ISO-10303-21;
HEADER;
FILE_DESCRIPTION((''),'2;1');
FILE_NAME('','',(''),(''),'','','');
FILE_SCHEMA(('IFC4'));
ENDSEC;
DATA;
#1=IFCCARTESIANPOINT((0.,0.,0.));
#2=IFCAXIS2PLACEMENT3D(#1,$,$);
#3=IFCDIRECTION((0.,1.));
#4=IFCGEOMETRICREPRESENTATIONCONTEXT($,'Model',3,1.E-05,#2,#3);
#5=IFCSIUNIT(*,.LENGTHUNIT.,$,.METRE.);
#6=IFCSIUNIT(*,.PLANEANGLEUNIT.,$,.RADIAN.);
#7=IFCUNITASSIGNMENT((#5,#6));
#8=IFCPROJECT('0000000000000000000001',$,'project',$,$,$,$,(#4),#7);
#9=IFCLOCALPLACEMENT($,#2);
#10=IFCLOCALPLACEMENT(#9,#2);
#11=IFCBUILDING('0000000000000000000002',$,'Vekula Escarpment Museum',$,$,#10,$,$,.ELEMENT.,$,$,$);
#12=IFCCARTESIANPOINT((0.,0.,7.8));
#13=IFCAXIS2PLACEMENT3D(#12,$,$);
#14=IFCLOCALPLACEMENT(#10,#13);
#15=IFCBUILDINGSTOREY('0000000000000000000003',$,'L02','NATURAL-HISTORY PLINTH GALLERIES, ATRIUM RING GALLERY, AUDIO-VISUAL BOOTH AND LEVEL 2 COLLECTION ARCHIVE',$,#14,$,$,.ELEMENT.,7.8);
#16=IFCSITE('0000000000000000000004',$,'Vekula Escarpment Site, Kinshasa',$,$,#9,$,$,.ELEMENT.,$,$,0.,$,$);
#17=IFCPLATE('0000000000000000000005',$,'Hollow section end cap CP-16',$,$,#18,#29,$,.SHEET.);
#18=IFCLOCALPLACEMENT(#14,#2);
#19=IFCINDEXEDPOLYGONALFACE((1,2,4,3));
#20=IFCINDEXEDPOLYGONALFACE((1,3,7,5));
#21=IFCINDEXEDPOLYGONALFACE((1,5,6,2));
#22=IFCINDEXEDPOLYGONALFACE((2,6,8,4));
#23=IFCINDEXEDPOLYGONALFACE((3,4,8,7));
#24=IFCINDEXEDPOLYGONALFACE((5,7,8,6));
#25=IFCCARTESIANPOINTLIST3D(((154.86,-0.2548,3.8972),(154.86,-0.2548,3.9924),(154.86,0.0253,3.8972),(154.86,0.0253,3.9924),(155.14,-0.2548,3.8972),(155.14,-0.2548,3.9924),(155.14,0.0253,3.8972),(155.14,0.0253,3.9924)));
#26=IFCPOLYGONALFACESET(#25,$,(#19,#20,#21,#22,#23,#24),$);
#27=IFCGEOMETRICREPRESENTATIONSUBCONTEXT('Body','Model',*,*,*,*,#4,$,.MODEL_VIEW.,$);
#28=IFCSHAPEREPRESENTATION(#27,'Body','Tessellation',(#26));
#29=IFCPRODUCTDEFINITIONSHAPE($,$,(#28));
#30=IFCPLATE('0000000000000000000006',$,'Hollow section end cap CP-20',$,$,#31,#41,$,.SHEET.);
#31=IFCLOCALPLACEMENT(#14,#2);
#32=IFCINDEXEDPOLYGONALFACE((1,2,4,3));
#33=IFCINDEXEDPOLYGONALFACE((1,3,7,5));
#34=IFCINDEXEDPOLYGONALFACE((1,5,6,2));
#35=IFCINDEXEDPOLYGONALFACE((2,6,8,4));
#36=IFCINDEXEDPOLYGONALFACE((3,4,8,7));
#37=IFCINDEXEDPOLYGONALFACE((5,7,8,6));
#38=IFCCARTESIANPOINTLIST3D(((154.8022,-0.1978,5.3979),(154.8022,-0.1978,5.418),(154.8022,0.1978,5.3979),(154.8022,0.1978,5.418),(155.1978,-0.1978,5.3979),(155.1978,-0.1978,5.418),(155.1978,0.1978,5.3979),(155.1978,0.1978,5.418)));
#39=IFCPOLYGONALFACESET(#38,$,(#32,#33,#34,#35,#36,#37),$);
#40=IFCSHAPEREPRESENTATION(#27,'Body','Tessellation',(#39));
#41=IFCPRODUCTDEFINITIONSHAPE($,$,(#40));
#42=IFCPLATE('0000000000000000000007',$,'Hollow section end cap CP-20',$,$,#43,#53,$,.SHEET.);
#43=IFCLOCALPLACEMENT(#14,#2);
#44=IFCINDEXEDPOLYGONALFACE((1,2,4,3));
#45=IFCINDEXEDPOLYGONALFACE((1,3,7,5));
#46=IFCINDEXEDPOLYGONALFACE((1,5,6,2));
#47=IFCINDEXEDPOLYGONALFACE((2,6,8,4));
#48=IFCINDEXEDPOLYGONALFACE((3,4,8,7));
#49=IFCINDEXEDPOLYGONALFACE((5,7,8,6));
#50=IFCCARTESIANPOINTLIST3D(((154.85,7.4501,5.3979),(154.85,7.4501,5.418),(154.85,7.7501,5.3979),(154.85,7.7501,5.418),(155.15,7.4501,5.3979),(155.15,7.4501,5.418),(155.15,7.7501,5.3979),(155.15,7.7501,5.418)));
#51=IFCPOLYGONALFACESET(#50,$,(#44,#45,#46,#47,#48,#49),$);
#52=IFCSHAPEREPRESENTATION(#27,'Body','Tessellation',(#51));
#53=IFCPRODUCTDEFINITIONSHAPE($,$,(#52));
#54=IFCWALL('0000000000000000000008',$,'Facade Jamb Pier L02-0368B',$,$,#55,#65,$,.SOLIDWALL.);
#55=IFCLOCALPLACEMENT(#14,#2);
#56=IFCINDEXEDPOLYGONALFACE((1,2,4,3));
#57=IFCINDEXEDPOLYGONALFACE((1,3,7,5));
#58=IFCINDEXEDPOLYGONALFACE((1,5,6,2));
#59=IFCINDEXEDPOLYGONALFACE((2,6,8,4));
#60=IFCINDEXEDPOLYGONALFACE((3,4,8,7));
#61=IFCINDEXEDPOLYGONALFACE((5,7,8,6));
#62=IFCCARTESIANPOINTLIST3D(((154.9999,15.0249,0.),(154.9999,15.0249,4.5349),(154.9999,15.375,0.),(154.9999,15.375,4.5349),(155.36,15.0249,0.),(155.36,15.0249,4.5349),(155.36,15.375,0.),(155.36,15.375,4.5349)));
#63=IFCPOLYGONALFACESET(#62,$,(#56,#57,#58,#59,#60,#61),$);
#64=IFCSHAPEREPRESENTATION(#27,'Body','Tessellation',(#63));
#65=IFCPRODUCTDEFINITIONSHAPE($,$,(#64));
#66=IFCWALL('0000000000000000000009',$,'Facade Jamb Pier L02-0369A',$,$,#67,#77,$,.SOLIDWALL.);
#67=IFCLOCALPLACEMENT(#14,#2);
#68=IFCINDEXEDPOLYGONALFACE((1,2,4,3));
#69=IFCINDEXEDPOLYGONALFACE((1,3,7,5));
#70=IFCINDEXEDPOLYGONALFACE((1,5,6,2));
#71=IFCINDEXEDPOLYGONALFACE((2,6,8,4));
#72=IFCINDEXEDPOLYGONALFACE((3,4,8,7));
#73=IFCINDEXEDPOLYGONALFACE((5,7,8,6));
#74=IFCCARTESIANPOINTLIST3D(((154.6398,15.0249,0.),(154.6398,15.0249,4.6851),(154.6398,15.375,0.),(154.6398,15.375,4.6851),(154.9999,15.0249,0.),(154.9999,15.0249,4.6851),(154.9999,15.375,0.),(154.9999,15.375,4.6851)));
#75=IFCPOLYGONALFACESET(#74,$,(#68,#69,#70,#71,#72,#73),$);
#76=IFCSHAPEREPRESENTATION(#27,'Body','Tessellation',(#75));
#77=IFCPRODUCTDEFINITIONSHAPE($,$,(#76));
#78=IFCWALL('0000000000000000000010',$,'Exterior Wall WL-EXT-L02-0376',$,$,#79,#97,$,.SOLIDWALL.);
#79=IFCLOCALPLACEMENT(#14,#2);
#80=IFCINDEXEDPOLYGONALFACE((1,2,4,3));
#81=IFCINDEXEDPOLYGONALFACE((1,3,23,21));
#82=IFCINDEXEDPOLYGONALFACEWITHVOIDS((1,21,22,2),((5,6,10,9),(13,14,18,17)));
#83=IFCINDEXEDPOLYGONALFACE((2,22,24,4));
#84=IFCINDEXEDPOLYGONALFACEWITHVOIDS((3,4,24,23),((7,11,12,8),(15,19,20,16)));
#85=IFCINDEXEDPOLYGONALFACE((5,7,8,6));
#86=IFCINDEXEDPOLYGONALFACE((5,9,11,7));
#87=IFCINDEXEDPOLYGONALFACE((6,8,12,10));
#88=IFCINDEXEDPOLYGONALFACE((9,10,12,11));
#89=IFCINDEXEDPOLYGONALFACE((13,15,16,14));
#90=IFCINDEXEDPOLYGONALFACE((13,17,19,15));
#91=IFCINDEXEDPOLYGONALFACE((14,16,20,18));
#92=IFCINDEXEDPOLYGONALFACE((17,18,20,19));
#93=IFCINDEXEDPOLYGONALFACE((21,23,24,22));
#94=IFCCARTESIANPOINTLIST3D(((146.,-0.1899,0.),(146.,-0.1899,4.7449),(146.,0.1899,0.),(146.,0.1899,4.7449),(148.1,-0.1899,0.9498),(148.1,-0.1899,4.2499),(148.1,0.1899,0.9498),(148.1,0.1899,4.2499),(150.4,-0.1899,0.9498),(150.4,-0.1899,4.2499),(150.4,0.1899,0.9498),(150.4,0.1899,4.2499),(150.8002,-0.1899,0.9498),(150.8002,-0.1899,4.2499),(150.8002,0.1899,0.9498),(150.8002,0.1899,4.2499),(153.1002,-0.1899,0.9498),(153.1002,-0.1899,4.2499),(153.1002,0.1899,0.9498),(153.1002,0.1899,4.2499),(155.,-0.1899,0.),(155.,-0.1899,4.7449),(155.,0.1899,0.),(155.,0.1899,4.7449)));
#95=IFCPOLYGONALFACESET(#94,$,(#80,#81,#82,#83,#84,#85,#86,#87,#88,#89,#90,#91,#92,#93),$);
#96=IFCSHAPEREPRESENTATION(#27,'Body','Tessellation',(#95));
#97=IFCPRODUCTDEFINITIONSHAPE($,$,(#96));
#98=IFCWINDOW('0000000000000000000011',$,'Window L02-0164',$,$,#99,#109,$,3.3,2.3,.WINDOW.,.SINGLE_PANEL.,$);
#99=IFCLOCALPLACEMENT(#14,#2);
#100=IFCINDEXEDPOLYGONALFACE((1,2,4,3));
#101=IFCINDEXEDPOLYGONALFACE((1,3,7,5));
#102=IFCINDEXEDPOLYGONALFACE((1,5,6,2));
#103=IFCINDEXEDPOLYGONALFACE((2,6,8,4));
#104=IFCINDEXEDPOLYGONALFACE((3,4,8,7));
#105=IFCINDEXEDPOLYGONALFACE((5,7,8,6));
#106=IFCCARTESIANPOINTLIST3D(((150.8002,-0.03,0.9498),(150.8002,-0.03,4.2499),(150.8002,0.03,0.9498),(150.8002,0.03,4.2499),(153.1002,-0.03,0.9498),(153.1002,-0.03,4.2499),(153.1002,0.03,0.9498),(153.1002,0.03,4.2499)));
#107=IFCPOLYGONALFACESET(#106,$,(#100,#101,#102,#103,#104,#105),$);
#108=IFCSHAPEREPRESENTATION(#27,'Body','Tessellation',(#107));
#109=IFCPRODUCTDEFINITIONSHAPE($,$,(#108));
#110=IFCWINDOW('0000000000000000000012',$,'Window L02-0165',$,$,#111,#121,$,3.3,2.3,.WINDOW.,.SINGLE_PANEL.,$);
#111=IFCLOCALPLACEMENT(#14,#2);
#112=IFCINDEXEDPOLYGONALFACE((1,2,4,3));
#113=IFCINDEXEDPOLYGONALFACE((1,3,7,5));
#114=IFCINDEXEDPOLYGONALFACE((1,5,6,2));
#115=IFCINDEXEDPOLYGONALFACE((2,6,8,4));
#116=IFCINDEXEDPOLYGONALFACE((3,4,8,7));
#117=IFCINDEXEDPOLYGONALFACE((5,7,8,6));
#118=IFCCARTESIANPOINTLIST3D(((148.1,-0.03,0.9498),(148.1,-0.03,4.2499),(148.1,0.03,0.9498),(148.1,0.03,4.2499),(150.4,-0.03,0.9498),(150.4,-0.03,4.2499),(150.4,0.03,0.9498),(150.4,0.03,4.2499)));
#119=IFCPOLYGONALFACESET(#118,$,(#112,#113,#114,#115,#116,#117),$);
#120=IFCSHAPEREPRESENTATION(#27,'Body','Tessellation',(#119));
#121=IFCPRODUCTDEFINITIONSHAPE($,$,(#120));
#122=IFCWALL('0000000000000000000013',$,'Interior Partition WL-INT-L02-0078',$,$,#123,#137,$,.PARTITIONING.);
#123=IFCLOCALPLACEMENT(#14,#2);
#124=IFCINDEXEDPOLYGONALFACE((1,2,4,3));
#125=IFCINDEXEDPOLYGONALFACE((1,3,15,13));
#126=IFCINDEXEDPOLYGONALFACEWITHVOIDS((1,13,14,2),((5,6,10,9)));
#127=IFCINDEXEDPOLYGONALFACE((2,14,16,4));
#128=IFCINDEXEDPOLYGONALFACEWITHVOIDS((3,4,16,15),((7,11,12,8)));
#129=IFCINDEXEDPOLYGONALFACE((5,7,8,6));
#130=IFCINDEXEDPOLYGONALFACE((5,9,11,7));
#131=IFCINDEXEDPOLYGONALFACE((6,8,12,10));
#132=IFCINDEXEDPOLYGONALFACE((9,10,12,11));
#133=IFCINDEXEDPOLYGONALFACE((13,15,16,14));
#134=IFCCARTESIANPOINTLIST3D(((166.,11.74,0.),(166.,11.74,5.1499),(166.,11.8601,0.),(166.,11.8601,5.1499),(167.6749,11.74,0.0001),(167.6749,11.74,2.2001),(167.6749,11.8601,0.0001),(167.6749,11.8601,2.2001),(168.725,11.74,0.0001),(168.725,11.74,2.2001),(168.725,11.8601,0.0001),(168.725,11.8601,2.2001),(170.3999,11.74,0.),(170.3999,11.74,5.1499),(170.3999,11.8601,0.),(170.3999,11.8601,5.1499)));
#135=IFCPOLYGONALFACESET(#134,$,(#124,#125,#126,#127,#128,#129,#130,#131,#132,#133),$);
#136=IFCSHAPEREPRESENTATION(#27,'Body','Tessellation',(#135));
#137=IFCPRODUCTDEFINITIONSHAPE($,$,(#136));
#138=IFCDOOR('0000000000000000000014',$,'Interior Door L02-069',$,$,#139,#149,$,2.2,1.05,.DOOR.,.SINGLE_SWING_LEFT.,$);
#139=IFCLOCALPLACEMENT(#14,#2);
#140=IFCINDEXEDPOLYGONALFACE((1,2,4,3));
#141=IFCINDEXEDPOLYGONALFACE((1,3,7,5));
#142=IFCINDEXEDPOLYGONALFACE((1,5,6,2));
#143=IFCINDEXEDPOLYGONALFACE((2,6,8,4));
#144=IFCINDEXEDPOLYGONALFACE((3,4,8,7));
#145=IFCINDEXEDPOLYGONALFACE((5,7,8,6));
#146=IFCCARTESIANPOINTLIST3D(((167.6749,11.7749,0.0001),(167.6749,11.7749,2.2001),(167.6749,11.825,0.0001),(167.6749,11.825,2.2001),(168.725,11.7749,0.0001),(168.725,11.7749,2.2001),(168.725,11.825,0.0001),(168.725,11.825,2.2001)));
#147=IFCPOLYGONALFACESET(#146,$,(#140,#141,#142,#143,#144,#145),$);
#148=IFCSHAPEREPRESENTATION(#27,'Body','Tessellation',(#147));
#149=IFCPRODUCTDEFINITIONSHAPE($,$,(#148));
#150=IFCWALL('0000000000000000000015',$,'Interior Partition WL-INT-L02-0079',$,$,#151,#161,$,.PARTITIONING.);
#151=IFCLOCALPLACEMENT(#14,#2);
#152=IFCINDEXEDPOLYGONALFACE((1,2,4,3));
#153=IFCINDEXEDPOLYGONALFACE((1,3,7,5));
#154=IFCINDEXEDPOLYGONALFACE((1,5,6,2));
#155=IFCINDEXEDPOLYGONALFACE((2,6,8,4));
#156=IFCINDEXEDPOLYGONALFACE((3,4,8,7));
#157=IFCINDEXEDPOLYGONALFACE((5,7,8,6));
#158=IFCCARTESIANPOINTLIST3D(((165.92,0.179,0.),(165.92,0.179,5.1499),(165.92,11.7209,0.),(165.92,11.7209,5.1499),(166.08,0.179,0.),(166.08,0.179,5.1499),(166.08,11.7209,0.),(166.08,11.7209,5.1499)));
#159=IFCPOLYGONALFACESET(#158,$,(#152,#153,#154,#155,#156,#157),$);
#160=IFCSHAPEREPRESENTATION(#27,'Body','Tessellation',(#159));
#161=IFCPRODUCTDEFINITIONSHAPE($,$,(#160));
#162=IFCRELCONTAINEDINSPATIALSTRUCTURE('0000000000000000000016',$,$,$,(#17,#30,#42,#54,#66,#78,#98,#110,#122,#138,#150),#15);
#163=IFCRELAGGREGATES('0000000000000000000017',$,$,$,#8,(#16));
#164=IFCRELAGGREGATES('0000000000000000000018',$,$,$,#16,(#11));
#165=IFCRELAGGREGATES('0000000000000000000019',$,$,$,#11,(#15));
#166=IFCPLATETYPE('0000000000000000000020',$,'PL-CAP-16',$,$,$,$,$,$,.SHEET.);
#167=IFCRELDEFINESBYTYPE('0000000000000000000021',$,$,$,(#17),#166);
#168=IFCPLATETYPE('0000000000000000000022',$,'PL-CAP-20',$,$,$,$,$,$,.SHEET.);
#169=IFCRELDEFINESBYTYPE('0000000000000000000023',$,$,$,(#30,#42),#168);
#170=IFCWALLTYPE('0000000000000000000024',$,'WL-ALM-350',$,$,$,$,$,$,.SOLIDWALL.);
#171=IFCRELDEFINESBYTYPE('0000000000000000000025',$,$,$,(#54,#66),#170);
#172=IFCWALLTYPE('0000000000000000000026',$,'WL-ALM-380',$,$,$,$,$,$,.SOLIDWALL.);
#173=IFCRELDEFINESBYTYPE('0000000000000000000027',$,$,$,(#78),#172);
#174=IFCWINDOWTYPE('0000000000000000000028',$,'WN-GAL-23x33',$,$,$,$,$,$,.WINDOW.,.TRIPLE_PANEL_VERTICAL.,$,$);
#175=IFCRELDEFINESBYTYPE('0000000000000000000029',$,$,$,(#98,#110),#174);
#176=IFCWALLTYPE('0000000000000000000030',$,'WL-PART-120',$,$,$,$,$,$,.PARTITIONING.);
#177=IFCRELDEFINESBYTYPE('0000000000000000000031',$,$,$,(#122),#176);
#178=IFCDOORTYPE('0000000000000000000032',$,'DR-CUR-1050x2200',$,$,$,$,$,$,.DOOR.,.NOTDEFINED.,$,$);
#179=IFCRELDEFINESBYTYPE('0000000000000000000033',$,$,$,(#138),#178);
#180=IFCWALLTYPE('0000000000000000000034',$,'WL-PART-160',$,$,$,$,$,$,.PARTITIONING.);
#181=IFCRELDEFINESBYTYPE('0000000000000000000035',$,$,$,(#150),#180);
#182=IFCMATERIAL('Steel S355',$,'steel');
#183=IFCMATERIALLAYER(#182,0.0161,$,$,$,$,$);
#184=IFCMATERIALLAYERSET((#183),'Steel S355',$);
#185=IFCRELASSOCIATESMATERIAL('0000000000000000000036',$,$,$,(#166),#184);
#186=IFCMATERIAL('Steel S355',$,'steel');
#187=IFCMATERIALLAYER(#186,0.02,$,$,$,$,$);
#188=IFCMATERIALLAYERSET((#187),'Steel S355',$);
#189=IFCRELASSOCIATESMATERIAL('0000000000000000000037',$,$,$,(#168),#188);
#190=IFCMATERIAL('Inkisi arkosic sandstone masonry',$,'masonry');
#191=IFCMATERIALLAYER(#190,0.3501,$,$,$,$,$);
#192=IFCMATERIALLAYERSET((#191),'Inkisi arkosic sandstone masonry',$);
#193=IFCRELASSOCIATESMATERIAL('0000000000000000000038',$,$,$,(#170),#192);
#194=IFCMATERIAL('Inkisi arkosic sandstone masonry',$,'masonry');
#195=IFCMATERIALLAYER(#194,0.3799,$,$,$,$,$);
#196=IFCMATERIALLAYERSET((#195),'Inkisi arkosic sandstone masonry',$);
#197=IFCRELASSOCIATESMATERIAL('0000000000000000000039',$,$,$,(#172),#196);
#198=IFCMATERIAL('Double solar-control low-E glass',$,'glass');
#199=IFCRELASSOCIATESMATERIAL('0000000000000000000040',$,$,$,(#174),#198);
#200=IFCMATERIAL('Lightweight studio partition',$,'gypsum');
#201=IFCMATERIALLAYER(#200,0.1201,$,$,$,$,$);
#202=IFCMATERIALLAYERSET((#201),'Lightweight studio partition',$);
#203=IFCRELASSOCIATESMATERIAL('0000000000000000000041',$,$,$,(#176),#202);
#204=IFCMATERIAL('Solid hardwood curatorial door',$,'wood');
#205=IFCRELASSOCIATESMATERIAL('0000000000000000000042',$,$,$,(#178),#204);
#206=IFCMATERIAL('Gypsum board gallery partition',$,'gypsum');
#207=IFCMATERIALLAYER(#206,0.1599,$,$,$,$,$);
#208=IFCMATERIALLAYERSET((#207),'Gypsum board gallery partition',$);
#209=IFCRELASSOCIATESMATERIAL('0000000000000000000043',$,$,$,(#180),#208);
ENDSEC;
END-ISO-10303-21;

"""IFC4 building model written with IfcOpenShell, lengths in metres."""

from ifc_helpers import new_model, si_unit, direction, frame, frame_2d, origin, origin_2d, place, context, subcontext, project, spatial, rectangle, extrude, material, layer, layer_set, type_object, element, fill, save


model = new_model("IFC4")

# Units and contexts
model_context = context("Model", 3, precision=1e-05, world=origin(), true_north=direction((0.0, 1.0)))
body_context = subcontext(model_context, "Body", "Model", "MODEL_VIEW")
ifc_project = project(units=[si_unit("LENGTHUNIT", "METRE"), si_unit("PLANEANGLEUNIT", "RADIAN")], contexts=[model_context])

# Site, building, storey
site_placement = place(None, origin())
site = spatial("IfcSite", under=ifc_project, at=site_placement, Name="Vekula Escarpment Site, Kinshasa", CompositionType="ELEMENT", RefElevation=0.0)
building_placement = place(site_placement, origin())
building = spatial("IfcBuilding", under=site, at=building_placement, Name="Vekula Escarpment Museum", CompositionType="ELEMENT")
storey_placement = place(building_placement, frame((0.0, 0.0, 7.8)))
storey = spatial("IfcBuildingStorey", under=building, at=storey_placement, Name="L02", Description="NATURAL-HISTORY PLINTH GALLERIES, ATRIUM RING GALLERY, AUDIO-VISUAL BOOTH AND LEVEL 2 COLLECTION ARCHIVE", CompositionType="ELEMENT", Elevation=7.8)

# Plates
ifc_material_1 = material(Name="Steel S355", Category="steel")
ifc_layer_1 = layer(ifc_material_1, 0.0161)
ifc_layer_set_1 = layer_set([ifc_layer_1], Name="Steel S355")
plate_type_1 = type_object("IfcPlateType", Name="PL-CAP-16", PredefinedType="SHEET", material=ifc_layer_set_1)
plate_1_placement = place(storey_placement, frame((155.0, -0.1147, 3.8972), z_axis=(0.0, 0.0, 1.0), x_axis=(1.0, 0.0, 0.0)))
element("IfcPlate", 1, at=plate_1_placement, inside=storey, type_object=plate_type_1, Name="Hollow section end cap CP-16", PredefinedType="SHEET", context=body_context, shape_type="SweptSolid", body=[
    extrude(rectangle(XDim=0.28, YDim=0.28, at=origin_2d()), origin(), (0.0, 0.0, 1.0), 0.0952),
])
ifc_material_2 = material(Name="Steel S355", Category="steel")
ifc_layer_2 = layer(ifc_material_2, 0.02)
ifc_layer_set_2 = layer_set([ifc_layer_2], Name="Steel S355")
plate_type_2 = type_object("IfcPlateType", Name="PL-CAP-20", PredefinedType="SHEET", material=ifc_layer_set_2)
plate_2_placement = place(storey_placement, frame((155.0, 0.0, 5.3979), z_axis=(0.0, 0.0, 1.0), x_axis=(1.0, 0.0, 0.0)))
element("IfcPlate", 2, at=plate_2_placement, inside=storey, type_object=plate_type_2, Name="Hollow section end cap CP-20", PredefinedType="SHEET", context=body_context, shape_type="SweptSolid", body=[
    extrude(rectangle(XDim=0.3955, YDim=0.3955, at=origin_2d()), origin(), (0.0, 0.0, 1.0), 0.02),
])
plate_3_placement = place(storey_placement, frame((155.0, 7.6001, 5.3979), z_axis=(0.0, 0.0, 1.0), x_axis=(1.0, 0.0, 0.0)))
element("IfcPlate", 3, at=plate_3_placement, inside=storey, type_object=plate_type_2, Name="Hollow section end cap CP-20", PredefinedType="SHEET", context=body_context, shape_type="SweptSolid", body=[
    extrude(rectangle(XDim=0.3, YDim=0.3, at=origin_2d()), origin(), (0.0, 0.0, 1.0), 0.02),
])

# Walls
ifc_material_3 = material(Name="Inkisi arkosic sandstone masonry", Category="masonry")
ifc_layer_3 = layer(ifc_material_3, 0.3501)
ifc_layer_set_3 = layer_set([ifc_layer_3], Name="Inkisi arkosic sandstone masonry")
wall_type_1 = type_object("IfcWallType", Name="WL-ALM-350", PredefinedType="SOLIDWALL", material=ifc_layer_set_3)
wall_1_placement = place(storey_placement, frame((155.3601, 15.2, 0.0), z_axis=(0.0, 0.0, 1.0), x_axis=(-1.0, 0.0, 0.0)))
element("IfcWall", 4, at=wall_1_placement, inside=storey, type_object=wall_type_1, Name="Facade Jamb Pier L02-0368B", PredefinedType="SOLIDWALL", context=body_context, shape_type="SweptSolid", body=[
    extrude(rectangle(XDim=0.3601, YDim=0.3501, at=frame_2d((0.1802, 0.0))), origin(), (0.0, 0.0, 1.0), 4.5349),
])
wall_2_placement = place(storey_placement, frame((155.0, 15.2, 0.0), z_axis=(0.0, 0.0, 1.0), x_axis=(-1.0, 0.0, 0.0)))
element("IfcWall", 5, at=wall_2_placement, inside=storey, type_object=wall_type_1, Name="Facade Jamb Pier L02-0369A", PredefinedType="SOLIDWALL", context=body_context, shape_type="SweptSolid", body=[
    extrude(rectangle(XDim=0.3601, YDim=0.3501, at=frame_2d((0.1802, 0.0))), origin(), (0.0, 0.0, 1.0), 4.6851),
])

# Wall, openings, windows
ifc_material_4 = material(Name="Inkisi arkosic sandstone masonry", Category="masonry")
ifc_layer_4 = layer(ifc_material_4, 0.3799)
ifc_layer_set_4 = layer_set([ifc_layer_4], Name="Inkisi arkosic sandstone masonry")
wall_type_2 = type_object("IfcWallType", Name="WL-ALM-380", PredefinedType="SOLIDWALL", material=ifc_layer_set_4)
wall_3_placement = place(storey_placement, frame((155.0, 0.0, 0.0), z_axis=(0.0, 0.0, 1.0), x_axis=(-1.0, 0.0, 0.0)))
wall_3 = element("IfcWall", 6, at=wall_3_placement, inside=storey, type_object=wall_type_2, Name="Exterior Wall WL-EXT-L02-0376", PredefinedType="SOLIDWALL", context=body_context, shape_type="SweptSolid", body=[
    extrude(rectangle(XDim=9.0, YDim=0.3799, at=frame_2d((4.5, 0.0))), origin(), (0.0, 0.0, 1.0), 4.7449),
])
opening_1_placement = place(wall_3_placement, frame((1.8999, 0.0, 0.95)))
opening_1 = element("IfcOpeningElement", 7, at=opening_1_placement, cuts=wall_3, PredefinedType="OPENING", context=body_context, shape_type="SweptSolid", body=[
    extrude(rectangle(XDim=2.3, YDim=3.3, at=frame_2d((1.1499, 1.6499))), frame((0.0, 0.2, 0.0), z_axis=(0.0, -1.0, 0.0), x_axis=(1.0, 0.0, 0.0)), (0.0, 0.0, 1.0), 0.3999),
])
opening_2_placement = place(wall_3_placement, frame((4.6001, 0.0, 0.95)))
opening_2 = element("IfcOpeningElement", 8, at=opening_2_placement, cuts=wall_3, PredefinedType="OPENING", context=body_context, shape_type="SweptSolid", body=[
    extrude(rectangle(XDim=2.3, YDim=3.3, at=frame_2d((1.1499, 1.6499))), frame((0.0, 0.2, 0.0), z_axis=(0.0, -1.0, 0.0), x_axis=(1.0, 0.0, 0.0)), (0.0, 0.0, 1.0), 0.3999),
])
ifc_material_5 = material(Name="Double solar-control low-E glass", Category="glass")
window_type = type_object("IfcWindowType", Name="WN-GAL-23x33", PartitioningType="TRIPLE_PANEL_VERTICAL", PredefinedType="WINDOW", material=ifc_material_5)
window_1_placement = place(opening_1_placement, origin())
window_1 = element("IfcWindow", 9, at=window_1_placement, inside=storey, type_object=window_type, Name="Window L02-0164", OverallHeight=3.3, OverallWidth=2.3, PartitioningType="SINGLE_PANEL", PredefinedType="WINDOW", context=body_context, shape_type="SweptSolid", body=[
    extrude(rectangle(XDim=2.3, YDim=3.3, at=frame_2d((1.1499, 1.6499))), frame((0.0, 0.03, 0.0), z_axis=(0.0, -1.0, 0.0), x_axis=(1.0, 0.0, 0.0)), (0.0, 0.0, 1.0), 0.0601),
])
fill(opening_1, window_1)
window_2_placement = place(opening_2_placement, origin())
window_2 = element("IfcWindow", 10, at=window_2_placement, inside=storey, type_object=window_type, Name="Window L02-0165", OverallHeight=3.3, OverallWidth=2.3, PartitioningType="SINGLE_PANEL", PredefinedType="WINDOW", context=body_context, shape_type="SweptSolid", body=[
    extrude(rectangle(XDim=2.3, YDim=3.3, at=frame_2d((1.1499, 1.6499))), frame((0.0, 0.03, 0.0), z_axis=(0.0, -1.0, 0.0), x_axis=(1.0, 0.0, 0.0)), (0.0, 0.0, 1.0), 0.0601),
])
fill(opening_2, window_2)

# Wall, opening, door
ifc_material_6 = material(Name="Lightweight studio partition", Category="gypsum")
ifc_layer_5 = layer(ifc_material_6, 0.1201)
ifc_layer_set_5 = layer_set([ifc_layer_5], Name="Lightweight studio partition")
wall_type_3 = type_object("IfcWallType", Name="WL-PART-120", PredefinedType="PARTITIONING", material=ifc_layer_set_5)
wall_4_placement = place(storey_placement, frame((166.0, 11.8, 0.0), z_axis=(0.0, 0.0, 1.0), x_axis=(1.0, 0.0, 0.0)))
wall_4 = element("IfcWall", 11, at=wall_4_placement, inside=storey, type_object=wall_type_3, Name="Interior Partition WL-INT-L02-0078", PredefinedType="PARTITIONING", context=body_context, shape_type="SweptSolid", body=[
    extrude(rectangle(XDim=4.3999, YDim=0.1201, at=frame_2d((2.2, 0.0))), origin(), (0.0, 0.0, 1.0), 5.1499),
])
opening_3_placement = place(wall_4_placement, frame((1.675, 0.0, 0.0)))
opening_3 = element("IfcOpeningElement", 12, at=opening_3_placement, cuts=wall_4, PredefinedType="OPENING", context=body_context, shape_type="SweptSolid", body=[
    extrude(rectangle(XDim=1.05, YDim=2.2, at=frame_2d((0.5249, 1.1001))), frame((0.0, 0.0701, 0.0), z_axis=(0.0, -1.0, 0.0), x_axis=(1.0, 0.0, 0.0)), (0.0, 0.0, 1.0), 0.1401),
])
ifc_material_7 = material(Name="Solid hardwood curatorial door", Category="wood")
door_type = type_object("IfcDoorType", Name="DR-CUR-1050x2200", OperationType="NOTDEFINED", PredefinedType="DOOR", material=ifc_material_7)
door_placement = place(opening_3_placement, origin())
door = element("IfcDoor", 13, at=door_placement, inside=storey, type_object=door_type, Name="Interior Door L02-069", OperationType="SINGLE_SWING_LEFT", OverallHeight=2.2, OverallWidth=1.05, PredefinedType="DOOR", context=body_context, shape_type="SweptSolid", body=[
    extrude(rectangle(XDim=1.05, YDim=2.2, at=frame_2d((0.5249, 1.1001))), frame((0.0, 0.0249, 0.0), z_axis=(0.0, -1.0, 0.0), x_axis=(1.0, 0.0, 0.0)), (0.0, 0.0, 1.0), 0.05),
])
fill(opening_3, door)

# Wall
ifc_material_8 = material(Name="Gypsum board gallery partition", Category="gypsum")
ifc_layer_6 = layer(ifc_material_8, 0.1599)
ifc_layer_set_6 = layer_set([ifc_layer_6], Name="Gypsum board gallery partition")
wall_type_4 = type_object("IfcWallType", Name="WL-PART-160", PredefinedType="PARTITIONING", material=ifc_layer_set_6)
wall_5_placement = place(storey_placement, frame((166.0, 0.179, 0.0), z_axis=(0.0, 0.0, 1.0), x_axis=(0.0, 1.0, 0.0)))
element("IfcWall", 14, at=wall_5_placement, inside=storey, type_object=wall_type_4, Name="Interior Partition WL-INT-L02-0079", PredefinedType="PARTITIONING", context=body_context, shape_type="SweptSolid", body=[
    extrude(rectangle(XDim=11.542, YDim=0.1599, at=frame_2d((5.771, 0.0))), origin(), (0.0, 0.0, 1.0), 5.1499),
])

save(model, "model.ifc")
